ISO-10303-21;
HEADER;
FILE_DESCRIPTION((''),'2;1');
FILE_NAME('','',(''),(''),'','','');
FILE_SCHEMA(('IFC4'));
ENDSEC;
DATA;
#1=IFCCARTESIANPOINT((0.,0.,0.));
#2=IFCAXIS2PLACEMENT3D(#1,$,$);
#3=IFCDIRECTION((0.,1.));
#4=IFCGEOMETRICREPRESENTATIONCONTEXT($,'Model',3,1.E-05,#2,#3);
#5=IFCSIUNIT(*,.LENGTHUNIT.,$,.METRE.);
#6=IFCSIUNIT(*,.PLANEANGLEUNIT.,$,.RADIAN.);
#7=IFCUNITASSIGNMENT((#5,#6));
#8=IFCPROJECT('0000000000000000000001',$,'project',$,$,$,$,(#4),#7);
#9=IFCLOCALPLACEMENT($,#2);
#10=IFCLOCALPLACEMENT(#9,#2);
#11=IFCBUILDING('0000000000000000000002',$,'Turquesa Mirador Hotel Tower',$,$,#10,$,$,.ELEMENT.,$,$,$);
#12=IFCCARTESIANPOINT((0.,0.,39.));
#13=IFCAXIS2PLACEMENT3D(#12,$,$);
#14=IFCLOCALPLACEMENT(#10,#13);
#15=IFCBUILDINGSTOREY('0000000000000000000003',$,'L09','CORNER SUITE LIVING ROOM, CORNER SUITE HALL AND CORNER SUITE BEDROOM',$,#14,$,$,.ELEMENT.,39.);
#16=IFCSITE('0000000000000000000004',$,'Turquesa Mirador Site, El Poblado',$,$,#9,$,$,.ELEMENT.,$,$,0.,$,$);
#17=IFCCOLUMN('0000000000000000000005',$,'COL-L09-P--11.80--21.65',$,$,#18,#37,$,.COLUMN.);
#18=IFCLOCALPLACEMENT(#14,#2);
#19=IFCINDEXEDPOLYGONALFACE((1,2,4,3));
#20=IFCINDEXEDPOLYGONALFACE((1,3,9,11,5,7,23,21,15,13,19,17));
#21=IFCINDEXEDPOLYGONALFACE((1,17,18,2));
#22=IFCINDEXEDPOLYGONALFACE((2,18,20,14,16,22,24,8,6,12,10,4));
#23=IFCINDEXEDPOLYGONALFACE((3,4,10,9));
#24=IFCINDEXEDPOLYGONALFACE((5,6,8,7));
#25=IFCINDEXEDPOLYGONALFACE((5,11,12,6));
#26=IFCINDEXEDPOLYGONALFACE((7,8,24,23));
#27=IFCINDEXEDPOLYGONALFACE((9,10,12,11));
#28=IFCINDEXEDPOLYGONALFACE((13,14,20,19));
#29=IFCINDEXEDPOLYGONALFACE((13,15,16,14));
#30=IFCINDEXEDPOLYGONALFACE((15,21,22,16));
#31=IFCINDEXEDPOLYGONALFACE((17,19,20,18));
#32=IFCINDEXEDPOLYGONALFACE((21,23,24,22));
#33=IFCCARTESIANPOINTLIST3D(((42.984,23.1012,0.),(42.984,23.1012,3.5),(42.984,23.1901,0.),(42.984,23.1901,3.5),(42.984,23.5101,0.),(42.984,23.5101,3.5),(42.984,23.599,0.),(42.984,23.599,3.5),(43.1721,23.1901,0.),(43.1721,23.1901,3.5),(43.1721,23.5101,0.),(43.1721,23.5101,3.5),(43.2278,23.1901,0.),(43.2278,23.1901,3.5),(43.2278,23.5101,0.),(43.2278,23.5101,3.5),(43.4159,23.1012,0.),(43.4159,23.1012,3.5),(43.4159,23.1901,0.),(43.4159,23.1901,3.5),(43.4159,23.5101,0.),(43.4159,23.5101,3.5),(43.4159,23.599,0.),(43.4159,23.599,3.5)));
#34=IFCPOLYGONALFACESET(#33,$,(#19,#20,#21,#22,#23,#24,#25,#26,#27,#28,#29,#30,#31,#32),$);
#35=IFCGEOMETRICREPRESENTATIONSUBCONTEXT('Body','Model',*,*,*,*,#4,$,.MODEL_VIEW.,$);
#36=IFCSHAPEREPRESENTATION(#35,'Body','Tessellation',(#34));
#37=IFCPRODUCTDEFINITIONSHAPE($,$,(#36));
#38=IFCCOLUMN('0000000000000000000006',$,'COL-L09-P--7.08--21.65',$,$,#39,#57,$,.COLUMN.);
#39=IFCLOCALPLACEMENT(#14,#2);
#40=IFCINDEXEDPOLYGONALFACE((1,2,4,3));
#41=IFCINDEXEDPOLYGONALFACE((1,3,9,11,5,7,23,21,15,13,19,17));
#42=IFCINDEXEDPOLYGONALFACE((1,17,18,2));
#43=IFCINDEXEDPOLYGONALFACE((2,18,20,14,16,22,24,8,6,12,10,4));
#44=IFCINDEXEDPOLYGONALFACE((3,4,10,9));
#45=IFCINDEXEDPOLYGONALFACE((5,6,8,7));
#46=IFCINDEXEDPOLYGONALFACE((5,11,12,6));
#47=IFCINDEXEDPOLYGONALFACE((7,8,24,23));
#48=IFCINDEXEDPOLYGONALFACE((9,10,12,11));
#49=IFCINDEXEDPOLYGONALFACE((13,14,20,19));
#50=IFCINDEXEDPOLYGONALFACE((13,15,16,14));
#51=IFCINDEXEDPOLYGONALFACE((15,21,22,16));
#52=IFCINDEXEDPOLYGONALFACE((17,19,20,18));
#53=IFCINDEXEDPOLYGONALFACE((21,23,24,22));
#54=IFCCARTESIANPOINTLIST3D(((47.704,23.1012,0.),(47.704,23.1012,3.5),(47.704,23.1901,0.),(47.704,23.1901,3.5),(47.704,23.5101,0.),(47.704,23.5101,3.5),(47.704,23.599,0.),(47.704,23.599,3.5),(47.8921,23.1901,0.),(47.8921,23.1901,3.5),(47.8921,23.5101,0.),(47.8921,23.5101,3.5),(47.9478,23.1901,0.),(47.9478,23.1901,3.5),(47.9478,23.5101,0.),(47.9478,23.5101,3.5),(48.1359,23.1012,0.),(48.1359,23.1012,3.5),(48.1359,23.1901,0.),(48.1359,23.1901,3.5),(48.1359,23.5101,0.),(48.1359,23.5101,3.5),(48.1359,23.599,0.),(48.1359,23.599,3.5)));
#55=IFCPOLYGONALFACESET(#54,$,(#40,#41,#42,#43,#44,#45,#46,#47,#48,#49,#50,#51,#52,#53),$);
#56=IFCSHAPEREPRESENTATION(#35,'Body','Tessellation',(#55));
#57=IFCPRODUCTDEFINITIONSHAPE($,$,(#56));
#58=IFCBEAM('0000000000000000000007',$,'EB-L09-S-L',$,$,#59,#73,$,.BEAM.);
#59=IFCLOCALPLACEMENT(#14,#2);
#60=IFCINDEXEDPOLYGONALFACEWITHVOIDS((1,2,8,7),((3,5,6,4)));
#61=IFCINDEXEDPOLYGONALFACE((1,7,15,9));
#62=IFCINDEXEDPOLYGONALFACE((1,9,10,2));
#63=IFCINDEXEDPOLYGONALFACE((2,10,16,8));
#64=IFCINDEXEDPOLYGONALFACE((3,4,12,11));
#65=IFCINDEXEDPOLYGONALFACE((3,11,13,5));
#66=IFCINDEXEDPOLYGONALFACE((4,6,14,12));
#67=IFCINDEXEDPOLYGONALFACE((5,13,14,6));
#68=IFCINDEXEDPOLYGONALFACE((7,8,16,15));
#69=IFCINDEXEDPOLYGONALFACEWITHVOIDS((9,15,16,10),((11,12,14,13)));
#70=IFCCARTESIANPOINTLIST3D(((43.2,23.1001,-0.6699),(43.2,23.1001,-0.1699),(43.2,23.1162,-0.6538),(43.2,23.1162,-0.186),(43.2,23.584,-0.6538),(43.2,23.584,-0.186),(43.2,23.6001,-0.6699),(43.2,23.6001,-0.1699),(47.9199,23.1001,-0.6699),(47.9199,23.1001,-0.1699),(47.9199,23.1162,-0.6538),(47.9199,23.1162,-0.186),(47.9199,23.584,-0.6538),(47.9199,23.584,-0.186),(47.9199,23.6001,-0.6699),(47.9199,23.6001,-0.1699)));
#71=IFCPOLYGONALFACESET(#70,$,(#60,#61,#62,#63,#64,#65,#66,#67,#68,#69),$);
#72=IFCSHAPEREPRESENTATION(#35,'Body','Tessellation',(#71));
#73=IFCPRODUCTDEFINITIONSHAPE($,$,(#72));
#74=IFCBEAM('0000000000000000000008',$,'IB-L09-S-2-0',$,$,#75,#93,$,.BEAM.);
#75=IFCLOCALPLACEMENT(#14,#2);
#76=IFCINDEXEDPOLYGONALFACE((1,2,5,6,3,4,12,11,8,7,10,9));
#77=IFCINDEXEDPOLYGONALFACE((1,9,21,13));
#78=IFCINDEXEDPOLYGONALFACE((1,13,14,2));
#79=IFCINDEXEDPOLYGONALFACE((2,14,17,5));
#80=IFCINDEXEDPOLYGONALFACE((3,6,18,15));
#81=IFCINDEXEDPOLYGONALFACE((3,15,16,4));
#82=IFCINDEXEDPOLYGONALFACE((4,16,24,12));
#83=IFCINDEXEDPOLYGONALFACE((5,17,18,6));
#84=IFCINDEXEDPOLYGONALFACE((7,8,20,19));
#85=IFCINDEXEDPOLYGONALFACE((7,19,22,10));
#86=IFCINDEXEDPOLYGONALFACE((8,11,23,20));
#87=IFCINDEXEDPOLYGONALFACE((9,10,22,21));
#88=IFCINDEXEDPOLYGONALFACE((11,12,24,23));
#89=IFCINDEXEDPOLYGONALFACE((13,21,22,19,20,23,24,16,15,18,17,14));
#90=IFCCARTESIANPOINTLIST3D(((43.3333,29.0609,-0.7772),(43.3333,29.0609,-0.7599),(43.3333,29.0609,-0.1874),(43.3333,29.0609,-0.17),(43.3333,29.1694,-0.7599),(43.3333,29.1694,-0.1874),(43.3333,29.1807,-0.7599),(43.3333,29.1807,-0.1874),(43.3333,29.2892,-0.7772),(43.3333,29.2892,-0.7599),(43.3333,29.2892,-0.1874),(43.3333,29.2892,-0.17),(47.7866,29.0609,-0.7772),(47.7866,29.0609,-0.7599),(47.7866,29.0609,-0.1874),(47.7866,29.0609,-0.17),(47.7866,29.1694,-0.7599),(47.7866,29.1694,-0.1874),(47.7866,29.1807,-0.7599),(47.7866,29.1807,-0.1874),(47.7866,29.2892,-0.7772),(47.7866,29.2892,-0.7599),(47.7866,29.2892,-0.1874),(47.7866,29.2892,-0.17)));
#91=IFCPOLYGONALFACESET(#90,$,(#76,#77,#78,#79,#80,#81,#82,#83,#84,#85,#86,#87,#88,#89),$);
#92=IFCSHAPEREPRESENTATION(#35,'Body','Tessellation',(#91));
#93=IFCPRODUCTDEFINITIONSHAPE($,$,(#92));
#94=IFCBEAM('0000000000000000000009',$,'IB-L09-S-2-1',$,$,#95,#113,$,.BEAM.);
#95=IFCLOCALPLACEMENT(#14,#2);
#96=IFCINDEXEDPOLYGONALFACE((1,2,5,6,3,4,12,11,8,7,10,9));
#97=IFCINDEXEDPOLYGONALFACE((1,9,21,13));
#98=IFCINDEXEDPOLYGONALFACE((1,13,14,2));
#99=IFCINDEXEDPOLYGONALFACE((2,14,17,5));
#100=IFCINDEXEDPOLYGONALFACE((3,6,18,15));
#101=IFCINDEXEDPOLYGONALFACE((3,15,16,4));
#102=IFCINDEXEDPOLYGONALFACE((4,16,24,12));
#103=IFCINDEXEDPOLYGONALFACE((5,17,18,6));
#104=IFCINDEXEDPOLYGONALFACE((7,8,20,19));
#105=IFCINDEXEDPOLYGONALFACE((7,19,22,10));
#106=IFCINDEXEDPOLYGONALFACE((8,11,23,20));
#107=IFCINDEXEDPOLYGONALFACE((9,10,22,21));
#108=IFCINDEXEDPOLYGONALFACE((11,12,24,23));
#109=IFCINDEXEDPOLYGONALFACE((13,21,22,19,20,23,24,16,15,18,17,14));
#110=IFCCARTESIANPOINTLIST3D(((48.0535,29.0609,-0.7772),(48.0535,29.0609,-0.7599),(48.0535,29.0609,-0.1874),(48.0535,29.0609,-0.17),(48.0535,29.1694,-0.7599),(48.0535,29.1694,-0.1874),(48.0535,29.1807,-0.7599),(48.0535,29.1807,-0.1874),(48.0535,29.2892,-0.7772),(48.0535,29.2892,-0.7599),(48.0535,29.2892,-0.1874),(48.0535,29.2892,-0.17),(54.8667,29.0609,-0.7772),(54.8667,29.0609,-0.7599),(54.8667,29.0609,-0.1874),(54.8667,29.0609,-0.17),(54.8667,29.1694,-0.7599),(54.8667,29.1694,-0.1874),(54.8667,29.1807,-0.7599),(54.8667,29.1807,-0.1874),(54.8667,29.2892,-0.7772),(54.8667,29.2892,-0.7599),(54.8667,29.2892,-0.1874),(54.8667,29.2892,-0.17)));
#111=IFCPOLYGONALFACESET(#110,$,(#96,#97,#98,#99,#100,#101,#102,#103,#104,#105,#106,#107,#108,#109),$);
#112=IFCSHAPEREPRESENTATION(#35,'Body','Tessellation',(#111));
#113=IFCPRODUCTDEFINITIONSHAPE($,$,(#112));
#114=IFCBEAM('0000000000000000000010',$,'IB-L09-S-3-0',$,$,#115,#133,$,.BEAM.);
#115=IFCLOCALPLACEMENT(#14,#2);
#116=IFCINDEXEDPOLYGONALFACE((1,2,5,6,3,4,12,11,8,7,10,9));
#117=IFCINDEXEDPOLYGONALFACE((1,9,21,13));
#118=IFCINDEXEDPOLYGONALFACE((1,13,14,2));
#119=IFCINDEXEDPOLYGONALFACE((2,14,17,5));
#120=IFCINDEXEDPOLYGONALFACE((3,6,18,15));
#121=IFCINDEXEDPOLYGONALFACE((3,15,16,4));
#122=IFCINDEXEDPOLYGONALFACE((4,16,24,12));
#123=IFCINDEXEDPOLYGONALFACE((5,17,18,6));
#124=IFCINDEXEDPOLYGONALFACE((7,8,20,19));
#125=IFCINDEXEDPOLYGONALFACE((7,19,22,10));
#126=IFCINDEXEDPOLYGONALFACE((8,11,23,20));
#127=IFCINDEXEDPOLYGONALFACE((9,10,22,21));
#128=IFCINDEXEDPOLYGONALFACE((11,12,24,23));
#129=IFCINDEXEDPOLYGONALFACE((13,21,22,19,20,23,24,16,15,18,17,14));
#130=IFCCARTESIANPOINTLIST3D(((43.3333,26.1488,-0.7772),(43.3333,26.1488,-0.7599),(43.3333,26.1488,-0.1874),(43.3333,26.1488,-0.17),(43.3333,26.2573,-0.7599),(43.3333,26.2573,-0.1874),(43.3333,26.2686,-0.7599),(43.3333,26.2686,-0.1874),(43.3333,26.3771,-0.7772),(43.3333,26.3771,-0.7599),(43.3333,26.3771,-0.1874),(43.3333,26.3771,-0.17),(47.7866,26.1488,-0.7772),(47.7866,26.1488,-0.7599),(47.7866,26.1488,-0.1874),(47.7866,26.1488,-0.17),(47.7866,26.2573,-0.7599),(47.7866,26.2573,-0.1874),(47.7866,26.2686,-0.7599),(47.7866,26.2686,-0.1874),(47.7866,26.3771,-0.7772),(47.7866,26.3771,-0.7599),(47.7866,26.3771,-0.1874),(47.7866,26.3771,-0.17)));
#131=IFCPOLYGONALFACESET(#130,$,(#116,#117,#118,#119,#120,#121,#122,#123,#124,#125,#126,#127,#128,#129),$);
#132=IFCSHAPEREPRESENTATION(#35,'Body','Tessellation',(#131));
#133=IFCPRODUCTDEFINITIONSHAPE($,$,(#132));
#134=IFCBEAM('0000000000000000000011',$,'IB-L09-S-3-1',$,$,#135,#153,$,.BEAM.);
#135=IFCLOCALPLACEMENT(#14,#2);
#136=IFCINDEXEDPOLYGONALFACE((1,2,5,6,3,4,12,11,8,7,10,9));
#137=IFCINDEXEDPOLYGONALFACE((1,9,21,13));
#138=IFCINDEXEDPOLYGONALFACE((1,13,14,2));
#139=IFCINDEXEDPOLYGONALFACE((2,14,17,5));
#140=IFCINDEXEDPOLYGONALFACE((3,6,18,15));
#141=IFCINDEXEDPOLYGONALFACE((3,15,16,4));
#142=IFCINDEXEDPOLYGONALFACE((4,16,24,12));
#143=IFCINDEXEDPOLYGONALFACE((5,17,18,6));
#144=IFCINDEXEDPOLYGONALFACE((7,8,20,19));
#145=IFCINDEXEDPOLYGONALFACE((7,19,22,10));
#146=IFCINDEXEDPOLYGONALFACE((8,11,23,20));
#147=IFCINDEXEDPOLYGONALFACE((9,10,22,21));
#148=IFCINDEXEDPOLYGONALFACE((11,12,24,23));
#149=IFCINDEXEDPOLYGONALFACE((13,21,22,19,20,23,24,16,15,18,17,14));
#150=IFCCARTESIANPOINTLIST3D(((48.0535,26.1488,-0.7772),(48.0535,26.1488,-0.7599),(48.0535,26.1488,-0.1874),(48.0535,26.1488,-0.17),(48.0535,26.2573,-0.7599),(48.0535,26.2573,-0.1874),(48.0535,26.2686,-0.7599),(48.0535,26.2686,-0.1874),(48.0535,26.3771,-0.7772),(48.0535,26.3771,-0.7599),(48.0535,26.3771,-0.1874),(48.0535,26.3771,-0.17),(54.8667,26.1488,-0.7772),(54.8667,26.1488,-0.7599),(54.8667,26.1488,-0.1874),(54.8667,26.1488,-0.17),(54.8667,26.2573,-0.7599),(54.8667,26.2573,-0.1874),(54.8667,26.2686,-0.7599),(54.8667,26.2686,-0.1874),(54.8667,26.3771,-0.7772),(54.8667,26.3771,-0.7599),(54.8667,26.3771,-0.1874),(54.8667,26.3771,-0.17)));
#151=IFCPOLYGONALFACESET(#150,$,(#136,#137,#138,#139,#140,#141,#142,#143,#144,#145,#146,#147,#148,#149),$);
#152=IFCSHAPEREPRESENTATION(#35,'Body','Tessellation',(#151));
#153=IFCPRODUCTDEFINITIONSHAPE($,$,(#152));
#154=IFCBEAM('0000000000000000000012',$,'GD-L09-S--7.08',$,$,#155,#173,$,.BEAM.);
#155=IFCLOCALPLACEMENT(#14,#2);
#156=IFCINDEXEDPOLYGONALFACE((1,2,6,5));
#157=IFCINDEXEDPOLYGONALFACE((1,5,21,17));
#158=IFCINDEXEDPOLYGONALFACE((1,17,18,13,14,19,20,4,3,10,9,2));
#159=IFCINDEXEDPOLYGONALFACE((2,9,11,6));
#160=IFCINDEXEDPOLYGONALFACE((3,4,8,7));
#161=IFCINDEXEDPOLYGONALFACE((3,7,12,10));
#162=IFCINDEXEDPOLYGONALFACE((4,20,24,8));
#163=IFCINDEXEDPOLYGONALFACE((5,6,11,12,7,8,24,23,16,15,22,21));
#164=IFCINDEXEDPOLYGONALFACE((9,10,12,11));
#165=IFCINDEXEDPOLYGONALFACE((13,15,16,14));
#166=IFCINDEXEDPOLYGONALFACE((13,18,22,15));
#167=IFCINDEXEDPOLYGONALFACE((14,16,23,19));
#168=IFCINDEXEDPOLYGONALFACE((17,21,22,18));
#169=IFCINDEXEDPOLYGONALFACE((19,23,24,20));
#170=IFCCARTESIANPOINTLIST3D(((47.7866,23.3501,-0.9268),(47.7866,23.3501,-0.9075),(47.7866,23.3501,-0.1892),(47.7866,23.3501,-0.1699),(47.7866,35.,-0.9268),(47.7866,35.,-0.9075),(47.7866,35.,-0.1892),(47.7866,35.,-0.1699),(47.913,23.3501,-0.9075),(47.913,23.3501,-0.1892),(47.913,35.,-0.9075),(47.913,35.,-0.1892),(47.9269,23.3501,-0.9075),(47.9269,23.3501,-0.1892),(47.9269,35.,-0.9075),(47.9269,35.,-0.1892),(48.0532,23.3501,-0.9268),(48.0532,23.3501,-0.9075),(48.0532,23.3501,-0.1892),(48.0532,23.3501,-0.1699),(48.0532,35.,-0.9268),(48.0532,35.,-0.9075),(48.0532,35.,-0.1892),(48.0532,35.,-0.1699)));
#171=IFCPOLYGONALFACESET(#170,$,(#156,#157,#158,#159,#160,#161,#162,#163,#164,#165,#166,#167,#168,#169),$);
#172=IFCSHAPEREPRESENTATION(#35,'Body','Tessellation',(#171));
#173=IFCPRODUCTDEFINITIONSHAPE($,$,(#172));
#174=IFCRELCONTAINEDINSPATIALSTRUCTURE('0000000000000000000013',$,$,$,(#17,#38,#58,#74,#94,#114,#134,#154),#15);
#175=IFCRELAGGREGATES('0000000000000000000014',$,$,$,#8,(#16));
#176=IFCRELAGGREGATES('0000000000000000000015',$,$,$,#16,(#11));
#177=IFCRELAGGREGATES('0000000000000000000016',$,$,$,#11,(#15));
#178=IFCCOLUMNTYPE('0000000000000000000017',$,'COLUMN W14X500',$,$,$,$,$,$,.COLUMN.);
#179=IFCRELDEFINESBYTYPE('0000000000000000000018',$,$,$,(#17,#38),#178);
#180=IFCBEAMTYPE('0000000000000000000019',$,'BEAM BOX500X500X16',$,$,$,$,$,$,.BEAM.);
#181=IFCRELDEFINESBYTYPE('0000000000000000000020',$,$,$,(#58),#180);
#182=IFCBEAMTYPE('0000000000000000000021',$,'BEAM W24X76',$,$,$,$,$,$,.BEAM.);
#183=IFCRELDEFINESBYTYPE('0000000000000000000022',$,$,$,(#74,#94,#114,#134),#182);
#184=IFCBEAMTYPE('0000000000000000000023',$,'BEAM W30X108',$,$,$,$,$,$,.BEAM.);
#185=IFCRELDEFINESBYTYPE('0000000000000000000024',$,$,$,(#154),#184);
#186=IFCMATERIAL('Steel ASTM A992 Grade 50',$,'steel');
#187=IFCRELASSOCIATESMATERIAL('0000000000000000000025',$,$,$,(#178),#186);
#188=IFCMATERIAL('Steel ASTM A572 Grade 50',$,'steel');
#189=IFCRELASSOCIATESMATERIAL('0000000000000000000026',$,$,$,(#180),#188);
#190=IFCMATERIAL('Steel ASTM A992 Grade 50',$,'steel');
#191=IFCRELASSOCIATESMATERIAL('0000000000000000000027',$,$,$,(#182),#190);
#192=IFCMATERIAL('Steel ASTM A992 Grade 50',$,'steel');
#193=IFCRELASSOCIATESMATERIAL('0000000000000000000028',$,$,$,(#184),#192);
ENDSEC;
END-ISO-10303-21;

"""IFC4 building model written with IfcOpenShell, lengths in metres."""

from ifc_helpers import new_model, si_unit, direction, frame, origin, origin_2d, place, context, subcontext, project, spatial, hollow_rectangle, i_section, extrude, material, material_profile, profile_set, type_object, element, save


model = new_model("IFC4")

# Units and contexts
model_context = context("Model", 3, precision=1e-05, world=origin(), true_north=direction((0.0, 1.0)))
body_context = subcontext(model_context, "Body", "Model", "MODEL_VIEW")
ifc_project = project(units=[si_unit("LENGTHUNIT", "METRE"), si_unit("PLANEANGLEUNIT", "RADIAN")], contexts=[model_context])

# Site, building, storey
site_placement = place(None, origin())
site = spatial("IfcSite", under=ifc_project, at=site_placement, Name="Turquesa Mirador Site, El Poblado", CompositionType="ELEMENT", RefElevation=0.0)
building_placement = place(site_placement, origin())
building = spatial("IfcBuilding", under=site, at=building_placement, Name="Turquesa Mirador Hotel Tower", CompositionType="ELEMENT")
storey_placement = place(building_placement, frame((0.0, 0.0, 39.0)))
storey = spatial("IfcBuildingStorey", under=building, at=storey_placement, Name="L09", Description="CORNER SUITE LIVING ROOM, CORNER SUITE HALL AND CORNER SUITE BEDROOM", CompositionType="ELEMENT", Elevation=39.0)

# Columns
ifc_material_1 = material(Name="Steel ASTM A992 Grade 50", Category="steel")
ifc_material_profile_1 = material_profile(ifc_material_1, i_section(OverallWidth=0.4319, OverallDepth=0.4978, WebThickness=0.0557, FlangeThickness=0.0889, at=origin_2d()), Name="W14X500")
ifc_profile_set_1 = profile_set([ifc_material_profile_1], Name="Steel ASTM A992 Grade 50")
column_type = type_object("IfcColumnType", Name="COLUMN W14X500", PredefinedType="COLUMN", material=ifc_profile_set_1)
for number, where, z_axis, x_axis, name in (
    (1, (43.2, 23.3501, 0.0), (0.0, 0.0, 1.0), (1.0, 0.0, 0.0), "COL-L09-P--11.80--21.65"),
    (2, (47.9199, 23.3501, 0.0), (0.0, 0.0, 1.0), (1.0, 0.0, 0.0), "COL-L09-P--7.08--21.65"),
):
    element("IfcColumn", number, at=place(storey_placement, frame(where, z_axis=z_axis, x_axis=x_axis)), inside=storey, type_object=column_type, Name=name, PredefinedType="COLUMN", context=body_context, shape_type="SweptSolid", body=[
        extrude(i_section(OverallWidth=0.4319, OverallDepth=0.4978, WebThickness=0.0557, FlangeThickness=0.0889, at=origin_2d()), origin(), (0.0, 0.0, 1.0), 3.5),
    ])

# Beams
ifc_material_2 = material(Name="Steel ASTM A572 Grade 50", Category="steel")
ifc_material_profile_2 = material_profile(ifc_material_2, hollow_rectangle(XDim=0.5, YDim=0.5, WallThickness=0.0161, at=origin_2d()), Name="BOX500X500X16")
ifc_profile_set_2 = profile_set([ifc_material_profile_2], Name="Steel ASTM A572 Grade 50")
beam_type_1 = type_object("IfcBeamType", Name="BEAM BOX500X500X16", PredefinedType="BEAM", material=ifc_profile_set_2)
beam_1_placement = place(storey_placement, frame((43.2, 23.3501, -0.4199), z_axis=(1.0, 0.0, 0.0), x_axis=(0.0, 1.0, 0.0)))
element("IfcBeam", 3, at=beam_1_placement, inside=storey, type_object=beam_type_1, Name="EB-L09-S-L", PredefinedType="BEAM", context=body_context, shape_type="SweptSolid", body=[
    extrude(hollow_rectangle(XDim=0.5, YDim=0.5, WallThickness=0.0161, at=origin_2d()), origin(), (0.0, 0.0, 1.0), 4.72),
])
ifc_material_3 = material(Name="Steel ASTM A992 Grade 50", Category="steel")
ifc_material_profile_3 = material_profile(ifc_material_3, i_section(OverallWidth=0.2283, OverallDepth=0.6072, WebThickness=0.0112, FlangeThickness=0.0173, at=origin_2d()), Name="W24X76")
ifc_profile_set_3 = profile_set([ifc_material_profile_3], Name="Steel ASTM A992 Grade 50")
beam_type_2 = type_object("IfcBeamType", Name="BEAM W24X76", PredefinedType="BEAM", material=ifc_profile_set_3)
beam_2_placement = place(storey_placement, frame((43.3333, 29.175, -0.4736), z_axis=(1.0, 0.0, 0.0), x_axis=(0.0, 1.0, 0.0)))
element("IfcBeam", 4, at=beam_2_placement, inside=storey, type_object=beam_type_2, Name="IB-L09-S-2-0", PredefinedType="BEAM", context=body_context, shape_type="SweptSolid", body=[
    extrude(i_section(OverallWidth=0.2283, OverallDepth=0.6072, WebThickness=0.0112, FlangeThickness=0.0173, at=origin_2d()), origin(), (0.0, 0.0, 1.0), 4.4534),
])
beam_3_placement = place(storey_placement, frame((48.0535, 29.175, -0.4736), z_axis=(1.0, 0.0, 0.0), x_axis=(0.0, 1.0, 0.0)))
element("IfcBeam", 5, at=beam_3_placement, inside=storey, type_object=beam_type_2, Name="IB-L09-S-2-1", PredefinedType="BEAM", context=body_context, shape_type="SweptSolid", body=[
    extrude(i_section(OverallWidth=0.2283, OverallDepth=0.6072, WebThickness=0.0112, FlangeThickness=0.0173, at=origin_2d()), origin(), (0.0, 0.0, 1.0), 6.8132),
])
beam_4_placement = place(storey_placement, frame((43.3333, 26.2629, -0.4736), z_axis=(1.0, 0.0, 0.0), x_axis=(0.0, 1.0, 0.0)))
element("IfcBeam", 6, at=beam_4_placement, inside=storey, type_object=beam_type_2, Name="IB-L09-S-3-0", PredefinedType="BEAM", context=body_context, shape_type="SweptSolid", body=[
    extrude(i_section(OverallWidth=0.2283, OverallDepth=0.6072, WebThickness=0.0112, FlangeThickness=0.0173, at=origin_2d()), origin(), (0.0, 0.0, 1.0), 4.4534),
])
beam_5_placement = place(storey_placement, frame((48.0535, 26.2629, -0.4736), z_axis=(1.0, 0.0, 0.0), x_axis=(0.0, 1.0, 0.0)))
element("IfcBeam", 7, at=beam_5_placement, inside=storey, type_object=beam_type_2, Name="IB-L09-S-3-1", PredefinedType="BEAM", context=body_context, shape_type="SweptSolid", body=[
    extrude(i_section(OverallWidth=0.2283, OverallDepth=0.6072, WebThickness=0.0112, FlangeThickness=0.0173, at=origin_2d()), origin(), (0.0, 0.0, 1.0), 6.8132),
])
ifc_material_4 = material(Name="Steel ASTM A992 Grade 50", Category="steel")
ifc_material_profile_4 = material_profile(ifc_material_4, i_section(OverallWidth=0.2666, OverallDepth=0.7568, WebThickness=0.0139, FlangeThickness=0.0193, at=origin_2d()), Name="W30X108")
ifc_profile_set_4 = profile_set([ifc_material_profile_4], Name="Steel ASTM A992 Grade 50")
beam_type_3 = type_object("IfcBeamType", Name="BEAM W30X108", PredefinedType="BEAM", material=ifc_profile_set_4)
beam_6_placement = place(storey_placement, frame((47.9199, 23.3501, -0.5483), z_axis=(0.0, 1.0, 0.0), x_axis=(-1.0, 0.0, 0.0)))
element("IfcBeam", 8, at=beam_6_placement, inside=storey, type_object=beam_type_3, Name="GD-L09-S--7.08", PredefinedType="BEAM", context=body_context, shape_type="SweptSolid", body=[
    extrude(i_section(OverallWidth=0.2666, OverallDepth=0.7568, WebThickness=0.0139, FlangeThickness=0.0193, at=origin_2d()), origin(), (0.0, 0.0, 1.0), 11.6499),
])

save(model, "model.ifc")
